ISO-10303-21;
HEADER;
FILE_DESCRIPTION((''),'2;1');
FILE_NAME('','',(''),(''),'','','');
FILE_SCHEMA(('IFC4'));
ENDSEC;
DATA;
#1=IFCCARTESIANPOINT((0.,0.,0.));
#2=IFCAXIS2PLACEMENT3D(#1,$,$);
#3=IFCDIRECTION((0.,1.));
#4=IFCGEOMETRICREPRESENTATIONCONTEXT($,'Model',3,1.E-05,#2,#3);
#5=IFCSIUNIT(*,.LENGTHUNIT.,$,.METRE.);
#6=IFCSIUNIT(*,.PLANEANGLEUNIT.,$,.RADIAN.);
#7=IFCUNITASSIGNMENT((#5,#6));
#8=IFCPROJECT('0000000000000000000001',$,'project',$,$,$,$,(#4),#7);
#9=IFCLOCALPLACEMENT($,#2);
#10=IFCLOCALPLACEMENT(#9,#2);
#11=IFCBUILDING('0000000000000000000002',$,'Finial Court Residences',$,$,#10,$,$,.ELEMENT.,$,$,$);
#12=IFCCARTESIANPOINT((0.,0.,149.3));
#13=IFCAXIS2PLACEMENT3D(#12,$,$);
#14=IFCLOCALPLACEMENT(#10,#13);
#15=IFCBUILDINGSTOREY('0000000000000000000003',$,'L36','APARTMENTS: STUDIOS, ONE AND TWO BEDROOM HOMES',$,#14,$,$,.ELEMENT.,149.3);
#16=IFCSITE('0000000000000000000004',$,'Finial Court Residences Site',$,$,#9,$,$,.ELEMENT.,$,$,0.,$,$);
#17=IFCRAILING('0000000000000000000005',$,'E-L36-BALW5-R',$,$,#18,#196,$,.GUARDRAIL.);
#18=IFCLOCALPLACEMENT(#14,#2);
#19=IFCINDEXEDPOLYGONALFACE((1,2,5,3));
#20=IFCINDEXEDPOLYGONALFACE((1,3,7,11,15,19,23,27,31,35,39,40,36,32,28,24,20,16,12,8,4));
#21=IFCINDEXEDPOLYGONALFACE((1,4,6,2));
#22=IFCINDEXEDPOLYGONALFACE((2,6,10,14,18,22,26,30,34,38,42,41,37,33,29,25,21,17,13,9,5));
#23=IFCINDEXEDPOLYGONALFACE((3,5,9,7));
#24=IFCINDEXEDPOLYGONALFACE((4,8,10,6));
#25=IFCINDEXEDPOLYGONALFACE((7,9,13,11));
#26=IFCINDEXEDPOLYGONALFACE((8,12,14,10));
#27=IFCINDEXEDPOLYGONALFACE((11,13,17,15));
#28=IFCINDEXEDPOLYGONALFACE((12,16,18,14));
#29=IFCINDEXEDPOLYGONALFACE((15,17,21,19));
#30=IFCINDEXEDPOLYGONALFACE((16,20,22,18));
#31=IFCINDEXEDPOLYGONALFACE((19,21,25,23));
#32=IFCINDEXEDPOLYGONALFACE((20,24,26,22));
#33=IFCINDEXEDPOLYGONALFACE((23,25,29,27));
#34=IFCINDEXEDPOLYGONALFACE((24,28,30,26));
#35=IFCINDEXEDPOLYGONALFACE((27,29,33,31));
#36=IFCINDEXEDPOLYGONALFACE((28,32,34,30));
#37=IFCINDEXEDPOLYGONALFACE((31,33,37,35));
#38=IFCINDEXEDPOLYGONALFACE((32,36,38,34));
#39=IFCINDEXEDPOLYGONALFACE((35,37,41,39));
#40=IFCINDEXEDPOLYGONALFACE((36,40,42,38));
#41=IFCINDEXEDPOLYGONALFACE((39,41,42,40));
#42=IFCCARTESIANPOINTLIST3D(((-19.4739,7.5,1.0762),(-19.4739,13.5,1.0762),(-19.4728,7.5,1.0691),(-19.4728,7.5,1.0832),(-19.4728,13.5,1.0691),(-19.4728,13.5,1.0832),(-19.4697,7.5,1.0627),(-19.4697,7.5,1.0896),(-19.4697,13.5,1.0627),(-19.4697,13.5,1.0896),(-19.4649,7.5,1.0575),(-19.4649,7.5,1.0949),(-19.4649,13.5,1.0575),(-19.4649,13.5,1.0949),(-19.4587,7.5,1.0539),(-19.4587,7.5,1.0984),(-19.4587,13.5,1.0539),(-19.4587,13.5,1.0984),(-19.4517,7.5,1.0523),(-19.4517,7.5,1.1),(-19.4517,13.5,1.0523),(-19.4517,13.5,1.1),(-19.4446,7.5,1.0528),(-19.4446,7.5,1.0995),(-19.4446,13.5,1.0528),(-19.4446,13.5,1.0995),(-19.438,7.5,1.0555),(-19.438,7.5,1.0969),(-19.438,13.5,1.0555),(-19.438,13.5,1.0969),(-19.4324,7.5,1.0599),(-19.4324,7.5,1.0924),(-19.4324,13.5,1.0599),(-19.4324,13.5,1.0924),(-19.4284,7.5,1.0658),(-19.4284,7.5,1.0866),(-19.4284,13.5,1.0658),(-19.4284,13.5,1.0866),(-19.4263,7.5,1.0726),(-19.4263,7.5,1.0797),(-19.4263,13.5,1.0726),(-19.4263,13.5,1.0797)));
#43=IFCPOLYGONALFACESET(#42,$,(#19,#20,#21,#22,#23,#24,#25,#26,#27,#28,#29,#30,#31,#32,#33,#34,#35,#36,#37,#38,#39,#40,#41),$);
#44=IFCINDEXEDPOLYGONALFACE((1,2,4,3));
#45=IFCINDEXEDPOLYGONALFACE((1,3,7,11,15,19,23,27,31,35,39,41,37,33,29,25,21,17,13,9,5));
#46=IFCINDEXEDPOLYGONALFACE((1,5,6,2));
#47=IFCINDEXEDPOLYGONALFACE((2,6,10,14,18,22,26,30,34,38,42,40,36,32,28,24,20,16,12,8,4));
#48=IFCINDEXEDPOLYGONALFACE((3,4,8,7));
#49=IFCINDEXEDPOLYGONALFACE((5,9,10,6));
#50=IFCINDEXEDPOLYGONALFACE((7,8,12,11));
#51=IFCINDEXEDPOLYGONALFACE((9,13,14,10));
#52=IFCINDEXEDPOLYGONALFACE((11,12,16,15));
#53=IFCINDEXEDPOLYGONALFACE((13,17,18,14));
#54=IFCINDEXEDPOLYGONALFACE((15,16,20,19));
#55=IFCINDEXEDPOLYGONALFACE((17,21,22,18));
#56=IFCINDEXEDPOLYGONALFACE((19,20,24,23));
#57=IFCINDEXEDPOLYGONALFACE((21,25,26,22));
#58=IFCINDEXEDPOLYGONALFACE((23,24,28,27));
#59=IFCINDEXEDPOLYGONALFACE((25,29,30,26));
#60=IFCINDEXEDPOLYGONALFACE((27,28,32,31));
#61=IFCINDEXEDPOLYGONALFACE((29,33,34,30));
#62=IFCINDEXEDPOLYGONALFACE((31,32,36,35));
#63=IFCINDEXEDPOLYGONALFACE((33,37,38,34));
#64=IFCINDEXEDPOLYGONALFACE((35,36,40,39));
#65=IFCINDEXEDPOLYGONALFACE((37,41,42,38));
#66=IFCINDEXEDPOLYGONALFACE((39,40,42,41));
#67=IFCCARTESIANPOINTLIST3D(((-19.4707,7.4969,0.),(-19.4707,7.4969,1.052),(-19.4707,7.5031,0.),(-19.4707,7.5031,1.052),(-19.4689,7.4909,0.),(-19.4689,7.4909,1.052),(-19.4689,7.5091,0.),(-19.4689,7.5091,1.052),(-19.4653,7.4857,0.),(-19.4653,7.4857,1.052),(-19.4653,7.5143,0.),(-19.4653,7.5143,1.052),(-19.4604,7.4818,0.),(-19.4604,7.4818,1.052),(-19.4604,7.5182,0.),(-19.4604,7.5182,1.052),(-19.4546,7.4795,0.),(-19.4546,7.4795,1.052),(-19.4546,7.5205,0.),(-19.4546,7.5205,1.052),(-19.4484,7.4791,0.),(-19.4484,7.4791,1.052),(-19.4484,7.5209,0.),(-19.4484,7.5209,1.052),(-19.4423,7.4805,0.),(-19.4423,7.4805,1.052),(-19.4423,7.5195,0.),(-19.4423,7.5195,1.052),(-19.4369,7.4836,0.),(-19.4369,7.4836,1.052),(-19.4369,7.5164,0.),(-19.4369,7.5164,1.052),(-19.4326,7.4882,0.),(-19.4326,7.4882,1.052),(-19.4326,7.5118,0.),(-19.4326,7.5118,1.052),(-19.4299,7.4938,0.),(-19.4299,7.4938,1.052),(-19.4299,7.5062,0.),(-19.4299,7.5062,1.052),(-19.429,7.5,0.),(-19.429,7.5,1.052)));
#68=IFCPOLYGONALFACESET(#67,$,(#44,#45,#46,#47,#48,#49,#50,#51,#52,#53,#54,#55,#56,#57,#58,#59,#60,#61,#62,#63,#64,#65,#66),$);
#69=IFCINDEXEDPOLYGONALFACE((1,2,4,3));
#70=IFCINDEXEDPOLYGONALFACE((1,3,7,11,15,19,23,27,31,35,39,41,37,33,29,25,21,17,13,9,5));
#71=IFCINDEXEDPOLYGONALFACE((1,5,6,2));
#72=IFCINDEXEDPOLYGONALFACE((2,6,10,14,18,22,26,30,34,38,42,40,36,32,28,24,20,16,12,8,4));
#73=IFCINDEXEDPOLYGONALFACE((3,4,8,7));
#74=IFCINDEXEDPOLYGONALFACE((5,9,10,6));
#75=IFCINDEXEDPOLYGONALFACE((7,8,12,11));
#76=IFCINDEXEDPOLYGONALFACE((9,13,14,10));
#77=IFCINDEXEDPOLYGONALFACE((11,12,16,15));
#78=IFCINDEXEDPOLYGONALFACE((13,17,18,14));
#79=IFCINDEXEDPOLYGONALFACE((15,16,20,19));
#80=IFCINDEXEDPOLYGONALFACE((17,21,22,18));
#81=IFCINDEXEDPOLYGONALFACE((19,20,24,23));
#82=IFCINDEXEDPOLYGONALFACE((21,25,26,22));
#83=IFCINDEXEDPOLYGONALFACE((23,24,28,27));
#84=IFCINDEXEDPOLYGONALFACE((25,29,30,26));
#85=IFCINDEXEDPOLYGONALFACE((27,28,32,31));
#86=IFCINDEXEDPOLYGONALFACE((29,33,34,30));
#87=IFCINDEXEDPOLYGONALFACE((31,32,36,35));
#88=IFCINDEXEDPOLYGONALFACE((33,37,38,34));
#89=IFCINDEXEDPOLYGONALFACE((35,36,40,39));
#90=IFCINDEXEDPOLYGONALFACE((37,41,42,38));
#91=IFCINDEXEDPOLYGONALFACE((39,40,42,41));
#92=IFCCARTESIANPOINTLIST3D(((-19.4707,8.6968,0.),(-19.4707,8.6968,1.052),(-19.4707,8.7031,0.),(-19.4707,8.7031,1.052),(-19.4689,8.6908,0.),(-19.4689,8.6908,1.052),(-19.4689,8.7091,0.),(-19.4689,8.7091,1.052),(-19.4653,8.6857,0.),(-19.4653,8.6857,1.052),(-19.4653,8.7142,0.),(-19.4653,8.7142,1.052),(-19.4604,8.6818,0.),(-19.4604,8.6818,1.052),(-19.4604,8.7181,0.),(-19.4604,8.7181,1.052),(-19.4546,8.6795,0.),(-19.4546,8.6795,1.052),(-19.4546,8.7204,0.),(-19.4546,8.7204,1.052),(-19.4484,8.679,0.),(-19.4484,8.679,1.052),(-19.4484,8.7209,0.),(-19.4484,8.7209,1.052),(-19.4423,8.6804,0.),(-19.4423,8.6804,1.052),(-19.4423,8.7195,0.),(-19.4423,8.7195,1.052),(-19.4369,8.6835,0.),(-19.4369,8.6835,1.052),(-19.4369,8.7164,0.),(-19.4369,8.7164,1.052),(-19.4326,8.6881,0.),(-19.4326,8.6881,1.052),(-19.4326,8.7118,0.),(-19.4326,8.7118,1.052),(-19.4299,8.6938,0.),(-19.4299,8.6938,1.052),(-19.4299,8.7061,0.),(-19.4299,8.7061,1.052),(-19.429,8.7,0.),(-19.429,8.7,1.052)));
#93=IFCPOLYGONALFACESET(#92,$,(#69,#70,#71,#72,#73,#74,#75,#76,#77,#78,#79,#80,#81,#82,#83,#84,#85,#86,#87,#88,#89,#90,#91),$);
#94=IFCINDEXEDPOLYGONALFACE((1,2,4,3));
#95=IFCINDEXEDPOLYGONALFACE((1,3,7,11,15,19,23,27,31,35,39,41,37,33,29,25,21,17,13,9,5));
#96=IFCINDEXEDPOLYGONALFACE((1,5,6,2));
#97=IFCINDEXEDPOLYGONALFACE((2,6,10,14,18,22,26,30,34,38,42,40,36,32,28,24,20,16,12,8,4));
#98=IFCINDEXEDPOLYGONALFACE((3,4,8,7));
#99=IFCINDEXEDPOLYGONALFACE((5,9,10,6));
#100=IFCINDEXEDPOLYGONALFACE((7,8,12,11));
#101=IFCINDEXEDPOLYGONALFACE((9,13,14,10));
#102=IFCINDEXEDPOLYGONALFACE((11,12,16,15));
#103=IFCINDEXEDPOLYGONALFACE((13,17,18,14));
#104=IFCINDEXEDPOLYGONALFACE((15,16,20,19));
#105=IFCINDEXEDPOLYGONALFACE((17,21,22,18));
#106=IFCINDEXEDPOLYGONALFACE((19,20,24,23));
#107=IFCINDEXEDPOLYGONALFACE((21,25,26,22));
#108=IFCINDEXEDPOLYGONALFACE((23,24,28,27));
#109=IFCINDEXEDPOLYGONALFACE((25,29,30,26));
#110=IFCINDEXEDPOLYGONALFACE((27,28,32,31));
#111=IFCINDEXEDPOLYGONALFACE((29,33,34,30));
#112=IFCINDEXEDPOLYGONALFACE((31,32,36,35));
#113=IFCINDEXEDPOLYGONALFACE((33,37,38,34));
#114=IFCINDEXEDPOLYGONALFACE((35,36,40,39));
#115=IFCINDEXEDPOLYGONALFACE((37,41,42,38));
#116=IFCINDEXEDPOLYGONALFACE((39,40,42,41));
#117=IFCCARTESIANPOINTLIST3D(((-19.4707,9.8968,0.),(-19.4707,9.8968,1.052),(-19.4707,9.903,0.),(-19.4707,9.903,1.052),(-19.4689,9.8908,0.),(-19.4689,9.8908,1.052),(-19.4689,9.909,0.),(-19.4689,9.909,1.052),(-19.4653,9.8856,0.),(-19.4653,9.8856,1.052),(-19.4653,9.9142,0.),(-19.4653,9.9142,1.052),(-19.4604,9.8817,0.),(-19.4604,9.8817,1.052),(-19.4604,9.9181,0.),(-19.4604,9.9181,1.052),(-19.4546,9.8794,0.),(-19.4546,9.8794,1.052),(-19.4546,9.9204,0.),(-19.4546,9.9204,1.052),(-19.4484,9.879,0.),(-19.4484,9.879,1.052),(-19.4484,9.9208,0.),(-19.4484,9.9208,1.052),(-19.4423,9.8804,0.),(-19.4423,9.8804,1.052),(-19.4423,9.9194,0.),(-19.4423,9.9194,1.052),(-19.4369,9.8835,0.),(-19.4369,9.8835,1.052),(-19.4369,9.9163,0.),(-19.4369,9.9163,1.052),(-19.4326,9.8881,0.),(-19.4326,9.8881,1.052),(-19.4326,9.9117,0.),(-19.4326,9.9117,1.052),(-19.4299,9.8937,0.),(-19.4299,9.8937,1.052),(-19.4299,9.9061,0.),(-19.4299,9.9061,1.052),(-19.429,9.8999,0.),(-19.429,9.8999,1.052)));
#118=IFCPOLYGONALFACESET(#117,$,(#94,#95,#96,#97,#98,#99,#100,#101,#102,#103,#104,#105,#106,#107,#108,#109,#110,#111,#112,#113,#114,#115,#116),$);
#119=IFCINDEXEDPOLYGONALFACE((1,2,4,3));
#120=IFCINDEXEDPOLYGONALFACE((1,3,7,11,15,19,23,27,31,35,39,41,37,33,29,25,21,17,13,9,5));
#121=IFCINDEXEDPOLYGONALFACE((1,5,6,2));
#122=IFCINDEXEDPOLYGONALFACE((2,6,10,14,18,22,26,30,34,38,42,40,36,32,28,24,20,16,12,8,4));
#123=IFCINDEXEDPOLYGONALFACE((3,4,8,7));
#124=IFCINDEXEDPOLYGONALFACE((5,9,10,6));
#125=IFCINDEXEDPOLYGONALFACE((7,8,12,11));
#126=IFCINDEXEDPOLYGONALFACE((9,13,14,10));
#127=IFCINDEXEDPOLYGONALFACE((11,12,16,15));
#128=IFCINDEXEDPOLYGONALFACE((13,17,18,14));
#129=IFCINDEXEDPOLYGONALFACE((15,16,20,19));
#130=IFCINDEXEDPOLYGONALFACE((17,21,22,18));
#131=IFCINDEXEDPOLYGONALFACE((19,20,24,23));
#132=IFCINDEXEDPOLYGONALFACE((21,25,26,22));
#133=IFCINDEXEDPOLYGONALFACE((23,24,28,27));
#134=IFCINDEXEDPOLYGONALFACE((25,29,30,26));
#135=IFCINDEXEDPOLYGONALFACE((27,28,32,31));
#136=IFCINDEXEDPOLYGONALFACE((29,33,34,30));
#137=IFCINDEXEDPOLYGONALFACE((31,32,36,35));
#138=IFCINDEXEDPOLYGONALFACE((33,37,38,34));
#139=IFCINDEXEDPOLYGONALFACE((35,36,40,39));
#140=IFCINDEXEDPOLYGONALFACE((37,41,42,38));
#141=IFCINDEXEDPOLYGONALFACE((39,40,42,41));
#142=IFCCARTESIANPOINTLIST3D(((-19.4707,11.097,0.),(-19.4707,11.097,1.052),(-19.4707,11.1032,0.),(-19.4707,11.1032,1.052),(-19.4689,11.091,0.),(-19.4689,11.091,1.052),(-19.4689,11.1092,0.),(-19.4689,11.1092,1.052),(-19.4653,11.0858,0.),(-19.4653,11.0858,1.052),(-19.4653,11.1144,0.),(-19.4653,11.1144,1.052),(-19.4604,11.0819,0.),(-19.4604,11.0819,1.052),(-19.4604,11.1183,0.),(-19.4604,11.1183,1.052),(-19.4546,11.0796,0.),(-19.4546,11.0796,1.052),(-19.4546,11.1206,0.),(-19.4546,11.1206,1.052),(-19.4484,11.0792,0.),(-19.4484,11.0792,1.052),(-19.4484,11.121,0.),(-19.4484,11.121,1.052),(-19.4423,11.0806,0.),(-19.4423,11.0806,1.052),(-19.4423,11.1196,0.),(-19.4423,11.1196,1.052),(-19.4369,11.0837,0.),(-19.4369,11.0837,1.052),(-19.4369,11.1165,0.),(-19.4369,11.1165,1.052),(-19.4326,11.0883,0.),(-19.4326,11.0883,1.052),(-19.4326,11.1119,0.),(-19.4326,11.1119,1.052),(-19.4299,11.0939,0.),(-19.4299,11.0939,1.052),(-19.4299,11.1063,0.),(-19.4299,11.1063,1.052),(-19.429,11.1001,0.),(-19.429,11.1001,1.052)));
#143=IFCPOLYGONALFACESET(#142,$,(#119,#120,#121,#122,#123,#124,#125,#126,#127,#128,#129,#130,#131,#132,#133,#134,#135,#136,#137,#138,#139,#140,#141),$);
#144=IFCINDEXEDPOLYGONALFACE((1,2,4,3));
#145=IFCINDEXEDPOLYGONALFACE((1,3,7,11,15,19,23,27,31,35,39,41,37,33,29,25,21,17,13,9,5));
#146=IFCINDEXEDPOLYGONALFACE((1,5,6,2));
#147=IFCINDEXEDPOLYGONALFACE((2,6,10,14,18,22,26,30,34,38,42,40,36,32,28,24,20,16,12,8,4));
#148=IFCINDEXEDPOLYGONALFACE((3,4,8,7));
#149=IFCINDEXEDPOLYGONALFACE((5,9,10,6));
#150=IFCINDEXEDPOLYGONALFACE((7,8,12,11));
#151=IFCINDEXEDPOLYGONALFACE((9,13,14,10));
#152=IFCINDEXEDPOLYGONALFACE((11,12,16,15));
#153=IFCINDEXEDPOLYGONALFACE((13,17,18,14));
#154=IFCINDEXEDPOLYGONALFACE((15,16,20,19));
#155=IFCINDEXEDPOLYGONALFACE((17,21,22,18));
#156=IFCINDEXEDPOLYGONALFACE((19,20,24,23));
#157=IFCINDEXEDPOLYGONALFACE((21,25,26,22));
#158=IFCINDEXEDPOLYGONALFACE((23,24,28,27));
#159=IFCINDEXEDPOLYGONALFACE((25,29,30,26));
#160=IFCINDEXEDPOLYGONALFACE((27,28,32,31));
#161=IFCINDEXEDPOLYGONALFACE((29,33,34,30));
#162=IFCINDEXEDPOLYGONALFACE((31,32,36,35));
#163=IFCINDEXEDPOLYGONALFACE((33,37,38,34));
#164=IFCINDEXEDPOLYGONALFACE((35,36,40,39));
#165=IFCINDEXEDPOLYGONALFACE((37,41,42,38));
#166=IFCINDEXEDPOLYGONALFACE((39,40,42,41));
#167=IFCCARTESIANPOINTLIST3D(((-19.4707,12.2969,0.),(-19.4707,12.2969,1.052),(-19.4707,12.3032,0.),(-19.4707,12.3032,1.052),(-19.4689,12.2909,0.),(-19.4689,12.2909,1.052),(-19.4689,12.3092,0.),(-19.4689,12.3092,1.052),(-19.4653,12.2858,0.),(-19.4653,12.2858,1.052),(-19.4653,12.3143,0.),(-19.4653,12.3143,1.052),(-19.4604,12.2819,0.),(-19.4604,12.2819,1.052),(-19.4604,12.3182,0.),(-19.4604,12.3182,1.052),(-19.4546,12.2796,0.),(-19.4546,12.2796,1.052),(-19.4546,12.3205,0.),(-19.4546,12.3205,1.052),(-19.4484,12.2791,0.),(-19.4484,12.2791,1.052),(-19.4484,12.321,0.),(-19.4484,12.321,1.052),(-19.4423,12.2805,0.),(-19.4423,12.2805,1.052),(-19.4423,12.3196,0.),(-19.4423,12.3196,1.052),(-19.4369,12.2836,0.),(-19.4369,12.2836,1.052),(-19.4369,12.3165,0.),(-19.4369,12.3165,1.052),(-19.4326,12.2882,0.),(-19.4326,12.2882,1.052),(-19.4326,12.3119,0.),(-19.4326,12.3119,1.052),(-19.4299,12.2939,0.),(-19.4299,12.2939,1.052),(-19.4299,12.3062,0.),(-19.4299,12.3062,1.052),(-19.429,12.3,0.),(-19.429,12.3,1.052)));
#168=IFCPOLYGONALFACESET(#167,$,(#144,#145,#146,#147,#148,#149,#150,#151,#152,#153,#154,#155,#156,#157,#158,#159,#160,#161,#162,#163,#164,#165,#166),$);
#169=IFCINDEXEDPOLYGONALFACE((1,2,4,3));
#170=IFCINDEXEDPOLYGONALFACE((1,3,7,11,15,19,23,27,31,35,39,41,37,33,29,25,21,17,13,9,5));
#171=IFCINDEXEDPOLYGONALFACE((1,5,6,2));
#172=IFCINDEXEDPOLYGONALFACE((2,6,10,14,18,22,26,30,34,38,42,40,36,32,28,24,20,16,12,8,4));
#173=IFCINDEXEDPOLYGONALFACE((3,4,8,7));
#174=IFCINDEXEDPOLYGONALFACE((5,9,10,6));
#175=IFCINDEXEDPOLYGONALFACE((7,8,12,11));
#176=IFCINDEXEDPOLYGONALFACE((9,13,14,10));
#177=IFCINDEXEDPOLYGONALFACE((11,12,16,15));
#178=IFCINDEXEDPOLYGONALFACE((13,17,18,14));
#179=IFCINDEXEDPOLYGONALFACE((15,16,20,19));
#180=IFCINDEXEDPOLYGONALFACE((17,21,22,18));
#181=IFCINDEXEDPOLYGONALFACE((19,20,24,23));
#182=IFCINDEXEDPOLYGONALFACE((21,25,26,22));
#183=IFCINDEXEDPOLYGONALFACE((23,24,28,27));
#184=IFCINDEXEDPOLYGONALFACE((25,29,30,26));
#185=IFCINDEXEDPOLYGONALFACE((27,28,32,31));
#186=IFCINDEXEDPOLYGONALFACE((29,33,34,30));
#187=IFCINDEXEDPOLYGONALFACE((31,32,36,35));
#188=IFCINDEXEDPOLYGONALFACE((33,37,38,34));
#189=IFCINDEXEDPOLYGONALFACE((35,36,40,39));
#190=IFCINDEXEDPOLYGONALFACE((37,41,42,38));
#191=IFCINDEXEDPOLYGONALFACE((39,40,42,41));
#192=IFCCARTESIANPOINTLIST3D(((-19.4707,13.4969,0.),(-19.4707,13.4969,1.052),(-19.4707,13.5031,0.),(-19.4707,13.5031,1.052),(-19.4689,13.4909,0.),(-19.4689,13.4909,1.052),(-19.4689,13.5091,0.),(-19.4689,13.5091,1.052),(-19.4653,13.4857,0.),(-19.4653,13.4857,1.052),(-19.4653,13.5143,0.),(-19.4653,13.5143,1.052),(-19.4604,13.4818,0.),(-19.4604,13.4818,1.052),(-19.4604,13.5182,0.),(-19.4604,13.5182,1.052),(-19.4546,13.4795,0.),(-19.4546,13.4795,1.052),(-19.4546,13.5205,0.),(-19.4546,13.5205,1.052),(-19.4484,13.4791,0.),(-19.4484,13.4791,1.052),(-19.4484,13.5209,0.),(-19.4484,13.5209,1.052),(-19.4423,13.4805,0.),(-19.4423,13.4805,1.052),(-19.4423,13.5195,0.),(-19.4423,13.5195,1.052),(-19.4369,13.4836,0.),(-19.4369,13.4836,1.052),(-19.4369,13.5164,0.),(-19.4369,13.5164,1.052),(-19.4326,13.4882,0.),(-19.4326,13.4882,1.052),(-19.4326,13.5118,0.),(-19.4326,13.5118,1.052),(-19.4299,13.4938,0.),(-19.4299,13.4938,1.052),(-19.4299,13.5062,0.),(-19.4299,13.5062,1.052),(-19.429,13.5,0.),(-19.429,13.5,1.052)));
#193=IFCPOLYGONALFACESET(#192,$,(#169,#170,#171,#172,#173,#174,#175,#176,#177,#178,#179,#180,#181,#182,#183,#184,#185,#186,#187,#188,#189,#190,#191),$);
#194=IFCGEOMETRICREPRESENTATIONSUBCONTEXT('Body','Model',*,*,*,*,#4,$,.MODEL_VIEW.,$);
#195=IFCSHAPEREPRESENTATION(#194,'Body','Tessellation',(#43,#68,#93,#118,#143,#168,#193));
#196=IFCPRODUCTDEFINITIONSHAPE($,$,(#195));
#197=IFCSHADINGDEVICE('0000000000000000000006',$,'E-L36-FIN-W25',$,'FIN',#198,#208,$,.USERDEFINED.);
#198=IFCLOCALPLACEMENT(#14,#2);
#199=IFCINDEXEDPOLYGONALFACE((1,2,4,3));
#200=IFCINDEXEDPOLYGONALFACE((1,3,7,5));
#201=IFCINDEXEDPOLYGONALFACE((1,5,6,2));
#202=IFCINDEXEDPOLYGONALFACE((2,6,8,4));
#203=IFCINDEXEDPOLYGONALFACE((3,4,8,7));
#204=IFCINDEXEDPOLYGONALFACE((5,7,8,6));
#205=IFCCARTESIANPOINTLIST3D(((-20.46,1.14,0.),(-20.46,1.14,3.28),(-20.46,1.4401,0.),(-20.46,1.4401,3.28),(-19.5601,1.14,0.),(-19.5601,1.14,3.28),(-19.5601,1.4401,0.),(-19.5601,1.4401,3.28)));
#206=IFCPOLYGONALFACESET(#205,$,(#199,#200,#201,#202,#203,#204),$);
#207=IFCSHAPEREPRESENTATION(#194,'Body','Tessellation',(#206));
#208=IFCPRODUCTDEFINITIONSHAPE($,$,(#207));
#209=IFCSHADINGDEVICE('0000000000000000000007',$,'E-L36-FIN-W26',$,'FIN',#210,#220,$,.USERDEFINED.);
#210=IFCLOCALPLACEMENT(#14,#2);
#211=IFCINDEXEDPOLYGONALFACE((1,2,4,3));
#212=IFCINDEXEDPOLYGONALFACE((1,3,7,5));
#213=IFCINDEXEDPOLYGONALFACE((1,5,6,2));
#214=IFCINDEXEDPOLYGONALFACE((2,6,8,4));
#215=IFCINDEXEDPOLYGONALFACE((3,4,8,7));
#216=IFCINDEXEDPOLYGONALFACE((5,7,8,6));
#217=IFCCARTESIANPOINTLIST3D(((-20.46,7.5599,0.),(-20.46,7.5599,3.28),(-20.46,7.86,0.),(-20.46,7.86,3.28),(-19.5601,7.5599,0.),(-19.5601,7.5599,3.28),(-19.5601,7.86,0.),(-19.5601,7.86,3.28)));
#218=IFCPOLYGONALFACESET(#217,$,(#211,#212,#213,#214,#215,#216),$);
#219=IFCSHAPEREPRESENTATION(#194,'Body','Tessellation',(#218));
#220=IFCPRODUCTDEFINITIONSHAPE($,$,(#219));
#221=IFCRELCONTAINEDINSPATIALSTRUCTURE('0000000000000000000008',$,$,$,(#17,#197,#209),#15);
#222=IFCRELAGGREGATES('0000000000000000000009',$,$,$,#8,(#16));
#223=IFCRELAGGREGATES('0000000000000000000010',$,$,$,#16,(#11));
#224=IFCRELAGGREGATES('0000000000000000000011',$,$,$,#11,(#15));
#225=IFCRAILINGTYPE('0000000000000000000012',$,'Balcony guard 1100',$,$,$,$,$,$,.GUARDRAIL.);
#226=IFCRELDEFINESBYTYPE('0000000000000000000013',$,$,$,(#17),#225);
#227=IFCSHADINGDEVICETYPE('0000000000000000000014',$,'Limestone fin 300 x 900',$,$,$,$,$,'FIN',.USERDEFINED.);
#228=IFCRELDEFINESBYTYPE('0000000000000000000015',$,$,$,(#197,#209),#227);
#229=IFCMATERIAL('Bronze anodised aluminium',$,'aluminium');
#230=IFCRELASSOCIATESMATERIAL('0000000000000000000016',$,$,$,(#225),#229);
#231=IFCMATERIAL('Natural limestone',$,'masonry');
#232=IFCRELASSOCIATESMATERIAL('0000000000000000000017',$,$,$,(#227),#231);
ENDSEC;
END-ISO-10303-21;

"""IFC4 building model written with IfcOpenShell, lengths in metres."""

from ifc_helpers import new_model, si_unit, direction, frame, origin, origin_2d, place, context, subcontext, project, spatial, rectangle, circle, extrude, material, type_object, element, save


model = new_model("IFC4")

# Units and contexts
model_context = context("Model", 3, precision=1e-05, world=origin(), true_north=direction((0.0, 1.0)))
body_context = subcontext(model_context, "Body", "Model", "MODEL_VIEW")
ifc_project = project(units=[si_unit("LENGTHUNIT", "METRE"), si_unit("PLANEANGLEUNIT", "RADIAN")], contexts=[model_context])

# Site, building, storey
site_placement = place(None, origin())
site = spatial("IfcSite", under=ifc_project, at=site_placement, Name="Finial Court Residences Site", CompositionType="ELEMENT", RefElevation=0.0)
building_placement = place(site_placement, origin())
building = spatial("IfcBuilding", under=site, at=building_placement, Name="Finial Court Residences", CompositionType="ELEMENT")
storey_placement = place(building_placement, frame((0.0, 0.0, 149.3)))
storey = spatial("IfcBuildingStorey", under=building, at=storey_placement, Name="L36", Description="APARTMENTS: STUDIOS, ONE AND TWO BEDROOM HOMES", CompositionType="ELEMENT", Elevation=149.3)

# Shared definitions
ifc_material_1 = material(Name="Bronze anodised aluminium", Category="aluminium")

# Shared definitions
ifc_material_2 = material(Name="Natural limestone", Category="masonry")

# Railing
railing_type = type_object("IfcRailingType", Name="Balcony guard 1100", PredefinedType="GUARDRAIL", material=ifc_material_1)
railing_placement = place(storey_placement, frame((-19.45, 7.5, 0.0)))
element("IfcRailing", 1, at=railing_placement, inside=storey, type_object=railing_type, Name="E-L36-BALW5-R", PredefinedType="GUARDRAIL", context=body_context, shape_type="SweptSolid", body=[
    extrude(circle(Radius=0.0239, at=origin_2d()), frame((0.0, 0.0, 1.0762), z_axis=(0.0, 1.0, 0.0), x_axis=(-1.0, 0.0, 0.0)), (0.0, 0.0, 1.0), 6.0),
    extrude(circle(Radius=0.021, at=origin_2d()), origin(), (0.0, 0.0, 1.0), 1.052),
    extrude(circle(Radius=0.021, at=origin_2d()), frame((0.0, 1.2, 0.0)), (0.0, 0.0, 1.0), 1.052),
    extrude(circle(Radius=0.021, at=origin_2d()), frame((0.0, 2.3999, 0.0)), (0.0, 0.0, 1.0), 1.052),
    extrude(circle(Radius=0.021, at=origin_2d()), frame((0.0, 3.6001, 0.0)), (0.0, 0.0, 1.0), 1.052),
    extrude(circle(Radius=0.021, at=origin_2d()), frame((0.0, 4.8, 0.0)), (0.0, 0.0, 1.0), 1.052),
    extrude(circle(Radius=0.021, at=origin_2d()), frame((0.0, 6.0, 0.0)), (0.0, 0.0, 1.0), 1.052),
])

# Shading devices
shading_device_type = type_object("IfcShadingDeviceType", Name="Limestone fin 300 x 900", ElementType="FIN", PredefinedType="USERDEFINED", material=ifc_material_2)
for number, where, z_axis, x_axis, name in (
    (2, (-20.01, 1.29, 0.0), (0.0, 0.0, 1.0), (1.0, 0.0, 0.0), "E-L36-FIN-W25"),
    (3, (-20.01, 7.71, 0.0), (0.0, 0.0, 1.0), (1.0, 0.0, 0.0), "E-L36-FIN-W26"),
):
    element("IfcShadingDevice", number, at=place(storey_placement, frame(where, z_axis=z_axis, x_axis=x_axis)), inside=storey, type_object=shading_device_type, Name=name, ObjectType="FIN", PredefinedType="USERDEFINED", context=body_context, shape_type="SweptSolid", body=[
        extrude(rectangle(XDim=0.8999, YDim=0.3, at=origin_2d()), origin(), (0.0, 0.0, 1.0), 3.28),
    ])

save(model, "model.ifc")
